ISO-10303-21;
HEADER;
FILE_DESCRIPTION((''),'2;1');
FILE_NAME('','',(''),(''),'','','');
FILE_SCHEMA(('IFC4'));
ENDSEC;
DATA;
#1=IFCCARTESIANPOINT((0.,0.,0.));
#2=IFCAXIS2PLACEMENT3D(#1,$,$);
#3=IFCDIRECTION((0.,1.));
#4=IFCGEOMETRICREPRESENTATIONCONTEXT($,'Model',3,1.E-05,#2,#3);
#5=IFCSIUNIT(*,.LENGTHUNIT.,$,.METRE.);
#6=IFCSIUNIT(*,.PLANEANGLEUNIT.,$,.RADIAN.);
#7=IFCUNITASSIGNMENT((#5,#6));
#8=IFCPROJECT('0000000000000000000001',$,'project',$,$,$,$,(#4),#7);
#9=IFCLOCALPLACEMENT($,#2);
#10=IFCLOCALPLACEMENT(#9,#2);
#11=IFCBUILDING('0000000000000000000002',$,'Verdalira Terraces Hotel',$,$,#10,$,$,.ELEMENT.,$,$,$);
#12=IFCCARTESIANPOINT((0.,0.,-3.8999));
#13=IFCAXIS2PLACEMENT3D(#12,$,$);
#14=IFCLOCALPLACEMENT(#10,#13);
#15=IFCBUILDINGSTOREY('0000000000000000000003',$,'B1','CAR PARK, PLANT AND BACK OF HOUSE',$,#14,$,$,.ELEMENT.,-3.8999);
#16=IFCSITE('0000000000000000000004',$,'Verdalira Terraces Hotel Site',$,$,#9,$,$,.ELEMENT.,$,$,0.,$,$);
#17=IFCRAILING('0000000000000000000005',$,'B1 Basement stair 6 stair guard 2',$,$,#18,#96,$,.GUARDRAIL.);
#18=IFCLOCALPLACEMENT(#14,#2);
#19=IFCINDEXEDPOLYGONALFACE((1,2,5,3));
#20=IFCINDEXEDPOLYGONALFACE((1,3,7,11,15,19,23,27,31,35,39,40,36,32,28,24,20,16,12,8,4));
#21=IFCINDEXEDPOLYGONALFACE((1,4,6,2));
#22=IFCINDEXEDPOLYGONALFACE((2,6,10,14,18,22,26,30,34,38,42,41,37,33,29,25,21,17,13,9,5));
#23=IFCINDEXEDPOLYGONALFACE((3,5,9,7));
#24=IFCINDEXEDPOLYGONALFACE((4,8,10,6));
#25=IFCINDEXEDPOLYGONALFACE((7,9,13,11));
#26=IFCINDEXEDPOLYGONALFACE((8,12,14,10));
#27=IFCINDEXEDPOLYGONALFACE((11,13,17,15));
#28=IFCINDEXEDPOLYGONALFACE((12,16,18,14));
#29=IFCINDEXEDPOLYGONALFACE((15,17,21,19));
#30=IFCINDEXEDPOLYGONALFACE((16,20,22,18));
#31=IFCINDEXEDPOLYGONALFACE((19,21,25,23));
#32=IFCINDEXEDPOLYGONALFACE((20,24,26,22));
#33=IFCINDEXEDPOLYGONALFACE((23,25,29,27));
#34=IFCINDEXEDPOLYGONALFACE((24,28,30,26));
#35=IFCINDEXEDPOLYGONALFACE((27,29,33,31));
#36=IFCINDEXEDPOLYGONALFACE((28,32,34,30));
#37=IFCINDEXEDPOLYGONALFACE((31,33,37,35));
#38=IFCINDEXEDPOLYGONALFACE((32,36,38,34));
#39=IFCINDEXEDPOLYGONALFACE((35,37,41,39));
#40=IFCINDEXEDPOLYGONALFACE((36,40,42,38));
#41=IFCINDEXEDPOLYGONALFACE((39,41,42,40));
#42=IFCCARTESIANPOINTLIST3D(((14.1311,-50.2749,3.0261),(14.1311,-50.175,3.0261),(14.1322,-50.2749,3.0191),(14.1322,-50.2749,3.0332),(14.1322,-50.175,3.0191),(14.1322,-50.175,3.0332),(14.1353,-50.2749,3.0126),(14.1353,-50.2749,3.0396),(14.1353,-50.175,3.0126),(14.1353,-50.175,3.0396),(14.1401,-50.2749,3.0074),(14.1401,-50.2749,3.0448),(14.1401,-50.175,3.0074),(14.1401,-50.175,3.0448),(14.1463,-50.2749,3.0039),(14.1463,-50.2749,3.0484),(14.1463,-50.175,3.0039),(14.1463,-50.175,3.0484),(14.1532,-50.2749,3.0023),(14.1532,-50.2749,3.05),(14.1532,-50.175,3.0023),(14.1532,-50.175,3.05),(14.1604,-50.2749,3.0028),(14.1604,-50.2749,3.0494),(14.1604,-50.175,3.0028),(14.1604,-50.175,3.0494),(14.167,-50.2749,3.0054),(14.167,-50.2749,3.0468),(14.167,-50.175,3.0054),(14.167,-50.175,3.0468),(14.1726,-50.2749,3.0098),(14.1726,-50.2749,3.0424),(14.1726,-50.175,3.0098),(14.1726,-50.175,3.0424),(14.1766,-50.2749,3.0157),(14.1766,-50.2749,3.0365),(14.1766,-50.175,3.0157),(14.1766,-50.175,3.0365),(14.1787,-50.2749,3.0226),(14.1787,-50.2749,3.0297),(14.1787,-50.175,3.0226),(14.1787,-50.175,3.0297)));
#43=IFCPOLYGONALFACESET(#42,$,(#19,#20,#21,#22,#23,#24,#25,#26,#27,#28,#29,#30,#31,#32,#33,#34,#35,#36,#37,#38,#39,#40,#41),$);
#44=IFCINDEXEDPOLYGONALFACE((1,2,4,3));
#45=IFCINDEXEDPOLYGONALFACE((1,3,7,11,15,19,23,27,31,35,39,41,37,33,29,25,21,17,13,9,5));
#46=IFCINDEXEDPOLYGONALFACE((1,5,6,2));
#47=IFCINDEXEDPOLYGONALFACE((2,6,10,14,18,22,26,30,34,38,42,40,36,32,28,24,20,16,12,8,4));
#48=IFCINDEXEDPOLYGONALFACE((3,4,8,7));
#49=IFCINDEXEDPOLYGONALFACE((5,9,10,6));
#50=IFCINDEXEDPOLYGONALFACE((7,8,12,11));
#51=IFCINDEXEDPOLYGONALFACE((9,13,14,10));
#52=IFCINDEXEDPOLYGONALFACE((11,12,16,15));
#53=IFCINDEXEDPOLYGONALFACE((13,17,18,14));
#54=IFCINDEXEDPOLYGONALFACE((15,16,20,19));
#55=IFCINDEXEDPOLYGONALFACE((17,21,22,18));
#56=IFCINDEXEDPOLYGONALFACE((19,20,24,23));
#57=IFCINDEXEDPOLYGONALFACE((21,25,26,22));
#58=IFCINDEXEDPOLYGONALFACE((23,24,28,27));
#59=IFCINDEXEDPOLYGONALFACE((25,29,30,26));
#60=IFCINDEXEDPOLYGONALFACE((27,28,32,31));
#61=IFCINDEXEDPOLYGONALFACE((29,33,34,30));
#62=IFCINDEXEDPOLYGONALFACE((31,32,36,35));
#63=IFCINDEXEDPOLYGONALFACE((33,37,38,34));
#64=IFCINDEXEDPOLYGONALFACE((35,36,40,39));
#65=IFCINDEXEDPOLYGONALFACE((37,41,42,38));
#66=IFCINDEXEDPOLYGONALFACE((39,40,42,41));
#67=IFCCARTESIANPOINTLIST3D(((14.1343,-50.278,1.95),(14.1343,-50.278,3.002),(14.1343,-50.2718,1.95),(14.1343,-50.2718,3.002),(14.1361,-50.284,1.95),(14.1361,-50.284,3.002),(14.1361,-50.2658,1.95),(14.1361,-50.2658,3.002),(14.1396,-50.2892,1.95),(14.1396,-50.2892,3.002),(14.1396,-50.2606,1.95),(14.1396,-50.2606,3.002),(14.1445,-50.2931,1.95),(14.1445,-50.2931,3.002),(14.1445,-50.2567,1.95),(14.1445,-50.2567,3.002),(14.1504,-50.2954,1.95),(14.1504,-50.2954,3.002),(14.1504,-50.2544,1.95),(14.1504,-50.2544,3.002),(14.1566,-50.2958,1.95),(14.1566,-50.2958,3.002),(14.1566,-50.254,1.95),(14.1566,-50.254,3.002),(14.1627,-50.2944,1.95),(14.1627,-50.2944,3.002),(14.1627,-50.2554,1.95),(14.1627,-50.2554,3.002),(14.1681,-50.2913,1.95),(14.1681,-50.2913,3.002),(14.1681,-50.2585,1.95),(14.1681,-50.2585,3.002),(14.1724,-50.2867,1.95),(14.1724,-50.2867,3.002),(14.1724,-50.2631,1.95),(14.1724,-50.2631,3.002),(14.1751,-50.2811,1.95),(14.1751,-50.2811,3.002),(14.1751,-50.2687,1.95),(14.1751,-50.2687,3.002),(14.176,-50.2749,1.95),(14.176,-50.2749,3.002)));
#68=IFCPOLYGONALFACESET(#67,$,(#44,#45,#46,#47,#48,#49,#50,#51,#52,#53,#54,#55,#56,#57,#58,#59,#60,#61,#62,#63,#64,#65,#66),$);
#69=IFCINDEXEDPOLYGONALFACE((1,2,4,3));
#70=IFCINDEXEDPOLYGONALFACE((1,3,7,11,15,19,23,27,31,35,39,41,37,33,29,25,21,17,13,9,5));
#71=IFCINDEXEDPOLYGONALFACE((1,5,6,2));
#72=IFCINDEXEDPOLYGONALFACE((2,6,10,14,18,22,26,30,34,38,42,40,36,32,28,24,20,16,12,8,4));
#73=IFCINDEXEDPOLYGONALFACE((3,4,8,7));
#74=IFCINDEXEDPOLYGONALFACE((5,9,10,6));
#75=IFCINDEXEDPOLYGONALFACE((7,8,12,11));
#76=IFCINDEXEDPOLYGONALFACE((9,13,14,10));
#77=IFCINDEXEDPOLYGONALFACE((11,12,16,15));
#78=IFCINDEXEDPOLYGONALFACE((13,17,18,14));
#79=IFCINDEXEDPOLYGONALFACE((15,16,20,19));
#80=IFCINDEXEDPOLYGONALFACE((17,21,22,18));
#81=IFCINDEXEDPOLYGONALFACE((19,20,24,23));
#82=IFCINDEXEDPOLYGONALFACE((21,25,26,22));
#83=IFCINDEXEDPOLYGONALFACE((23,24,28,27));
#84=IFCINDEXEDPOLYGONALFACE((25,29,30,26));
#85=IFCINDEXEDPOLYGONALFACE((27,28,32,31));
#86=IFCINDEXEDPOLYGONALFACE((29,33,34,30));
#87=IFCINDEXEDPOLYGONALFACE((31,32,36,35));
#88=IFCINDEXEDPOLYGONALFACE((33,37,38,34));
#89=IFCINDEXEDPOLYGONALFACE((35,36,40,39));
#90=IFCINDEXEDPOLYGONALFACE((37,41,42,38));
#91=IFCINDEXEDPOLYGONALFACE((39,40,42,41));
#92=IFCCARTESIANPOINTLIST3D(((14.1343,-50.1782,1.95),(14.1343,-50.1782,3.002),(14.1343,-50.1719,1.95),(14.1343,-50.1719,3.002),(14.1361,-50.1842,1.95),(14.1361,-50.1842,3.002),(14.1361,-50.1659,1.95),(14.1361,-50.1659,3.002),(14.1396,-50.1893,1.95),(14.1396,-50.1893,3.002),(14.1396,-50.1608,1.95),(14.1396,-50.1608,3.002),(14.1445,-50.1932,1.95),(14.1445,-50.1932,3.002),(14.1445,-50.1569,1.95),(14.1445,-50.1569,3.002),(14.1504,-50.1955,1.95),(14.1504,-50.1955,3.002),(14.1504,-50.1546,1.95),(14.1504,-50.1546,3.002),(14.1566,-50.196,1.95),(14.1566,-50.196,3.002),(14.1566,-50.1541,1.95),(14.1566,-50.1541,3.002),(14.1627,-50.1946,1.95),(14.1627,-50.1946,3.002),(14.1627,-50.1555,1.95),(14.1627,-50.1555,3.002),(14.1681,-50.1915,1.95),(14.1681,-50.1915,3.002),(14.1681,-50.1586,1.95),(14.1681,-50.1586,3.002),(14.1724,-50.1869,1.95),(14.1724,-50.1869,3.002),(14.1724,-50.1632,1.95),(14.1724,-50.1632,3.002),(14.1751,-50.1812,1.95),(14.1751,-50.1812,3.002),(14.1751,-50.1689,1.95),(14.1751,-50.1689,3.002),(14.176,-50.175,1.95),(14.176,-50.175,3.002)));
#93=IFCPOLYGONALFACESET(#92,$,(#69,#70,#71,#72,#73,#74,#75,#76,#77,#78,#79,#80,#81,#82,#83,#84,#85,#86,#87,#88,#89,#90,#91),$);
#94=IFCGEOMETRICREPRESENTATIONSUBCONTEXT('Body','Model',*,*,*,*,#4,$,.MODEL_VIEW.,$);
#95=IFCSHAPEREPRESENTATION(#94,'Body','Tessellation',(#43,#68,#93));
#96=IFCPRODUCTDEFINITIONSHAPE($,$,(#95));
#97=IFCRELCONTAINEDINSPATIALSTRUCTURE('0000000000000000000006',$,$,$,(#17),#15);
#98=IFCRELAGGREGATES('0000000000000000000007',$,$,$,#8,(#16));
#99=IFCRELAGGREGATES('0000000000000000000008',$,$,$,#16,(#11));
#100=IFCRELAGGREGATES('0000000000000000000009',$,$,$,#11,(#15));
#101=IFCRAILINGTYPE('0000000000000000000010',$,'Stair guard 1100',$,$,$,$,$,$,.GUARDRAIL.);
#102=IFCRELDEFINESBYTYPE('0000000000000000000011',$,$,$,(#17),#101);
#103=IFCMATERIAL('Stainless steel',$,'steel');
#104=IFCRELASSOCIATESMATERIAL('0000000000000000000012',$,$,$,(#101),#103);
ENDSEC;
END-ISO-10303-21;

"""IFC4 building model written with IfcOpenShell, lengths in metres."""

from ifc_helpers import new_model, si_unit, direction, frame, origin, origin_2d, place, context, subcontext, project, spatial, circle, extrude, material, type_object, element, save


model = new_model("IFC4")

# Units and contexts
model_context = context("Model", 3, precision=1e-05, world=origin(), true_north=direction((0.0, 1.0)))
body_context = subcontext(model_context, "Body", "Model", "MODEL_VIEW")
ifc_project = project(units=[si_unit("LENGTHUNIT", "METRE"), si_unit("PLANEANGLEUNIT", "RADIAN")], contexts=[model_context])

# Site, building, storey
site_placement = place(None, origin())
site = spatial("IfcSite", under=ifc_project, at=site_placement, Name="Verdalira Terraces Hotel Site", CompositionType="ELEMENT", RefElevation=0.0)
building_placement = place(site_placement, origin())
building = spatial("IfcBuilding", under=site, at=building_placement, Name="Verdalira Terraces Hotel", CompositionType="ELEMENT")
storey_placement = place(building_placement, frame((0.0, 0.0, -3.8999)))
storey = spatial("IfcBuildingStorey", under=building, at=storey_placement, Name="B1", Description="CAR PARK, PLANT AND BACK OF HOUSE", CompositionType="ELEMENT", Elevation=-3.8999)

# Railing
ifc_material_1 = material(Name="Stainless steel", Category="steel")
railing_type_1 = type_object("IfcRailingType", Name="Stair guard 1100", PredefinedType="GUARDRAIL", material=ifc_material_1)
railing_1_placement = place(storey_placement, frame((14.155, -50.2749, 1.95)))
element("IfcRailing", 1, at=railing_1_placement, inside=storey, type_object=railing_type_1, Name="B1 Basement stair 6 stair guard 2", PredefinedType="GUARDRAIL", context=body_context, shape_type="SweptSolid", body=[
    extrude(circle(Radius=0.0239, at=origin_2d()), frame((0.0, 0.0, 1.0762), z_axis=(0.0, 1.0, 0.0), x_axis=(-1.0, 0.0, 0.0)), (0.0, 0.0, 1.0), 0.0999),
    extrude(circle(Radius=0.021, at=origin_2d()), origin(), (0.0, 0.0, 1.0), 1.052),
    extrude(circle(Radius=0.021, at=origin_2d()), frame((0.0, 0.0999, 0.0)), (0.0, 0.0, 1.0), 1.052),
])

save(model, "model.ifc")
